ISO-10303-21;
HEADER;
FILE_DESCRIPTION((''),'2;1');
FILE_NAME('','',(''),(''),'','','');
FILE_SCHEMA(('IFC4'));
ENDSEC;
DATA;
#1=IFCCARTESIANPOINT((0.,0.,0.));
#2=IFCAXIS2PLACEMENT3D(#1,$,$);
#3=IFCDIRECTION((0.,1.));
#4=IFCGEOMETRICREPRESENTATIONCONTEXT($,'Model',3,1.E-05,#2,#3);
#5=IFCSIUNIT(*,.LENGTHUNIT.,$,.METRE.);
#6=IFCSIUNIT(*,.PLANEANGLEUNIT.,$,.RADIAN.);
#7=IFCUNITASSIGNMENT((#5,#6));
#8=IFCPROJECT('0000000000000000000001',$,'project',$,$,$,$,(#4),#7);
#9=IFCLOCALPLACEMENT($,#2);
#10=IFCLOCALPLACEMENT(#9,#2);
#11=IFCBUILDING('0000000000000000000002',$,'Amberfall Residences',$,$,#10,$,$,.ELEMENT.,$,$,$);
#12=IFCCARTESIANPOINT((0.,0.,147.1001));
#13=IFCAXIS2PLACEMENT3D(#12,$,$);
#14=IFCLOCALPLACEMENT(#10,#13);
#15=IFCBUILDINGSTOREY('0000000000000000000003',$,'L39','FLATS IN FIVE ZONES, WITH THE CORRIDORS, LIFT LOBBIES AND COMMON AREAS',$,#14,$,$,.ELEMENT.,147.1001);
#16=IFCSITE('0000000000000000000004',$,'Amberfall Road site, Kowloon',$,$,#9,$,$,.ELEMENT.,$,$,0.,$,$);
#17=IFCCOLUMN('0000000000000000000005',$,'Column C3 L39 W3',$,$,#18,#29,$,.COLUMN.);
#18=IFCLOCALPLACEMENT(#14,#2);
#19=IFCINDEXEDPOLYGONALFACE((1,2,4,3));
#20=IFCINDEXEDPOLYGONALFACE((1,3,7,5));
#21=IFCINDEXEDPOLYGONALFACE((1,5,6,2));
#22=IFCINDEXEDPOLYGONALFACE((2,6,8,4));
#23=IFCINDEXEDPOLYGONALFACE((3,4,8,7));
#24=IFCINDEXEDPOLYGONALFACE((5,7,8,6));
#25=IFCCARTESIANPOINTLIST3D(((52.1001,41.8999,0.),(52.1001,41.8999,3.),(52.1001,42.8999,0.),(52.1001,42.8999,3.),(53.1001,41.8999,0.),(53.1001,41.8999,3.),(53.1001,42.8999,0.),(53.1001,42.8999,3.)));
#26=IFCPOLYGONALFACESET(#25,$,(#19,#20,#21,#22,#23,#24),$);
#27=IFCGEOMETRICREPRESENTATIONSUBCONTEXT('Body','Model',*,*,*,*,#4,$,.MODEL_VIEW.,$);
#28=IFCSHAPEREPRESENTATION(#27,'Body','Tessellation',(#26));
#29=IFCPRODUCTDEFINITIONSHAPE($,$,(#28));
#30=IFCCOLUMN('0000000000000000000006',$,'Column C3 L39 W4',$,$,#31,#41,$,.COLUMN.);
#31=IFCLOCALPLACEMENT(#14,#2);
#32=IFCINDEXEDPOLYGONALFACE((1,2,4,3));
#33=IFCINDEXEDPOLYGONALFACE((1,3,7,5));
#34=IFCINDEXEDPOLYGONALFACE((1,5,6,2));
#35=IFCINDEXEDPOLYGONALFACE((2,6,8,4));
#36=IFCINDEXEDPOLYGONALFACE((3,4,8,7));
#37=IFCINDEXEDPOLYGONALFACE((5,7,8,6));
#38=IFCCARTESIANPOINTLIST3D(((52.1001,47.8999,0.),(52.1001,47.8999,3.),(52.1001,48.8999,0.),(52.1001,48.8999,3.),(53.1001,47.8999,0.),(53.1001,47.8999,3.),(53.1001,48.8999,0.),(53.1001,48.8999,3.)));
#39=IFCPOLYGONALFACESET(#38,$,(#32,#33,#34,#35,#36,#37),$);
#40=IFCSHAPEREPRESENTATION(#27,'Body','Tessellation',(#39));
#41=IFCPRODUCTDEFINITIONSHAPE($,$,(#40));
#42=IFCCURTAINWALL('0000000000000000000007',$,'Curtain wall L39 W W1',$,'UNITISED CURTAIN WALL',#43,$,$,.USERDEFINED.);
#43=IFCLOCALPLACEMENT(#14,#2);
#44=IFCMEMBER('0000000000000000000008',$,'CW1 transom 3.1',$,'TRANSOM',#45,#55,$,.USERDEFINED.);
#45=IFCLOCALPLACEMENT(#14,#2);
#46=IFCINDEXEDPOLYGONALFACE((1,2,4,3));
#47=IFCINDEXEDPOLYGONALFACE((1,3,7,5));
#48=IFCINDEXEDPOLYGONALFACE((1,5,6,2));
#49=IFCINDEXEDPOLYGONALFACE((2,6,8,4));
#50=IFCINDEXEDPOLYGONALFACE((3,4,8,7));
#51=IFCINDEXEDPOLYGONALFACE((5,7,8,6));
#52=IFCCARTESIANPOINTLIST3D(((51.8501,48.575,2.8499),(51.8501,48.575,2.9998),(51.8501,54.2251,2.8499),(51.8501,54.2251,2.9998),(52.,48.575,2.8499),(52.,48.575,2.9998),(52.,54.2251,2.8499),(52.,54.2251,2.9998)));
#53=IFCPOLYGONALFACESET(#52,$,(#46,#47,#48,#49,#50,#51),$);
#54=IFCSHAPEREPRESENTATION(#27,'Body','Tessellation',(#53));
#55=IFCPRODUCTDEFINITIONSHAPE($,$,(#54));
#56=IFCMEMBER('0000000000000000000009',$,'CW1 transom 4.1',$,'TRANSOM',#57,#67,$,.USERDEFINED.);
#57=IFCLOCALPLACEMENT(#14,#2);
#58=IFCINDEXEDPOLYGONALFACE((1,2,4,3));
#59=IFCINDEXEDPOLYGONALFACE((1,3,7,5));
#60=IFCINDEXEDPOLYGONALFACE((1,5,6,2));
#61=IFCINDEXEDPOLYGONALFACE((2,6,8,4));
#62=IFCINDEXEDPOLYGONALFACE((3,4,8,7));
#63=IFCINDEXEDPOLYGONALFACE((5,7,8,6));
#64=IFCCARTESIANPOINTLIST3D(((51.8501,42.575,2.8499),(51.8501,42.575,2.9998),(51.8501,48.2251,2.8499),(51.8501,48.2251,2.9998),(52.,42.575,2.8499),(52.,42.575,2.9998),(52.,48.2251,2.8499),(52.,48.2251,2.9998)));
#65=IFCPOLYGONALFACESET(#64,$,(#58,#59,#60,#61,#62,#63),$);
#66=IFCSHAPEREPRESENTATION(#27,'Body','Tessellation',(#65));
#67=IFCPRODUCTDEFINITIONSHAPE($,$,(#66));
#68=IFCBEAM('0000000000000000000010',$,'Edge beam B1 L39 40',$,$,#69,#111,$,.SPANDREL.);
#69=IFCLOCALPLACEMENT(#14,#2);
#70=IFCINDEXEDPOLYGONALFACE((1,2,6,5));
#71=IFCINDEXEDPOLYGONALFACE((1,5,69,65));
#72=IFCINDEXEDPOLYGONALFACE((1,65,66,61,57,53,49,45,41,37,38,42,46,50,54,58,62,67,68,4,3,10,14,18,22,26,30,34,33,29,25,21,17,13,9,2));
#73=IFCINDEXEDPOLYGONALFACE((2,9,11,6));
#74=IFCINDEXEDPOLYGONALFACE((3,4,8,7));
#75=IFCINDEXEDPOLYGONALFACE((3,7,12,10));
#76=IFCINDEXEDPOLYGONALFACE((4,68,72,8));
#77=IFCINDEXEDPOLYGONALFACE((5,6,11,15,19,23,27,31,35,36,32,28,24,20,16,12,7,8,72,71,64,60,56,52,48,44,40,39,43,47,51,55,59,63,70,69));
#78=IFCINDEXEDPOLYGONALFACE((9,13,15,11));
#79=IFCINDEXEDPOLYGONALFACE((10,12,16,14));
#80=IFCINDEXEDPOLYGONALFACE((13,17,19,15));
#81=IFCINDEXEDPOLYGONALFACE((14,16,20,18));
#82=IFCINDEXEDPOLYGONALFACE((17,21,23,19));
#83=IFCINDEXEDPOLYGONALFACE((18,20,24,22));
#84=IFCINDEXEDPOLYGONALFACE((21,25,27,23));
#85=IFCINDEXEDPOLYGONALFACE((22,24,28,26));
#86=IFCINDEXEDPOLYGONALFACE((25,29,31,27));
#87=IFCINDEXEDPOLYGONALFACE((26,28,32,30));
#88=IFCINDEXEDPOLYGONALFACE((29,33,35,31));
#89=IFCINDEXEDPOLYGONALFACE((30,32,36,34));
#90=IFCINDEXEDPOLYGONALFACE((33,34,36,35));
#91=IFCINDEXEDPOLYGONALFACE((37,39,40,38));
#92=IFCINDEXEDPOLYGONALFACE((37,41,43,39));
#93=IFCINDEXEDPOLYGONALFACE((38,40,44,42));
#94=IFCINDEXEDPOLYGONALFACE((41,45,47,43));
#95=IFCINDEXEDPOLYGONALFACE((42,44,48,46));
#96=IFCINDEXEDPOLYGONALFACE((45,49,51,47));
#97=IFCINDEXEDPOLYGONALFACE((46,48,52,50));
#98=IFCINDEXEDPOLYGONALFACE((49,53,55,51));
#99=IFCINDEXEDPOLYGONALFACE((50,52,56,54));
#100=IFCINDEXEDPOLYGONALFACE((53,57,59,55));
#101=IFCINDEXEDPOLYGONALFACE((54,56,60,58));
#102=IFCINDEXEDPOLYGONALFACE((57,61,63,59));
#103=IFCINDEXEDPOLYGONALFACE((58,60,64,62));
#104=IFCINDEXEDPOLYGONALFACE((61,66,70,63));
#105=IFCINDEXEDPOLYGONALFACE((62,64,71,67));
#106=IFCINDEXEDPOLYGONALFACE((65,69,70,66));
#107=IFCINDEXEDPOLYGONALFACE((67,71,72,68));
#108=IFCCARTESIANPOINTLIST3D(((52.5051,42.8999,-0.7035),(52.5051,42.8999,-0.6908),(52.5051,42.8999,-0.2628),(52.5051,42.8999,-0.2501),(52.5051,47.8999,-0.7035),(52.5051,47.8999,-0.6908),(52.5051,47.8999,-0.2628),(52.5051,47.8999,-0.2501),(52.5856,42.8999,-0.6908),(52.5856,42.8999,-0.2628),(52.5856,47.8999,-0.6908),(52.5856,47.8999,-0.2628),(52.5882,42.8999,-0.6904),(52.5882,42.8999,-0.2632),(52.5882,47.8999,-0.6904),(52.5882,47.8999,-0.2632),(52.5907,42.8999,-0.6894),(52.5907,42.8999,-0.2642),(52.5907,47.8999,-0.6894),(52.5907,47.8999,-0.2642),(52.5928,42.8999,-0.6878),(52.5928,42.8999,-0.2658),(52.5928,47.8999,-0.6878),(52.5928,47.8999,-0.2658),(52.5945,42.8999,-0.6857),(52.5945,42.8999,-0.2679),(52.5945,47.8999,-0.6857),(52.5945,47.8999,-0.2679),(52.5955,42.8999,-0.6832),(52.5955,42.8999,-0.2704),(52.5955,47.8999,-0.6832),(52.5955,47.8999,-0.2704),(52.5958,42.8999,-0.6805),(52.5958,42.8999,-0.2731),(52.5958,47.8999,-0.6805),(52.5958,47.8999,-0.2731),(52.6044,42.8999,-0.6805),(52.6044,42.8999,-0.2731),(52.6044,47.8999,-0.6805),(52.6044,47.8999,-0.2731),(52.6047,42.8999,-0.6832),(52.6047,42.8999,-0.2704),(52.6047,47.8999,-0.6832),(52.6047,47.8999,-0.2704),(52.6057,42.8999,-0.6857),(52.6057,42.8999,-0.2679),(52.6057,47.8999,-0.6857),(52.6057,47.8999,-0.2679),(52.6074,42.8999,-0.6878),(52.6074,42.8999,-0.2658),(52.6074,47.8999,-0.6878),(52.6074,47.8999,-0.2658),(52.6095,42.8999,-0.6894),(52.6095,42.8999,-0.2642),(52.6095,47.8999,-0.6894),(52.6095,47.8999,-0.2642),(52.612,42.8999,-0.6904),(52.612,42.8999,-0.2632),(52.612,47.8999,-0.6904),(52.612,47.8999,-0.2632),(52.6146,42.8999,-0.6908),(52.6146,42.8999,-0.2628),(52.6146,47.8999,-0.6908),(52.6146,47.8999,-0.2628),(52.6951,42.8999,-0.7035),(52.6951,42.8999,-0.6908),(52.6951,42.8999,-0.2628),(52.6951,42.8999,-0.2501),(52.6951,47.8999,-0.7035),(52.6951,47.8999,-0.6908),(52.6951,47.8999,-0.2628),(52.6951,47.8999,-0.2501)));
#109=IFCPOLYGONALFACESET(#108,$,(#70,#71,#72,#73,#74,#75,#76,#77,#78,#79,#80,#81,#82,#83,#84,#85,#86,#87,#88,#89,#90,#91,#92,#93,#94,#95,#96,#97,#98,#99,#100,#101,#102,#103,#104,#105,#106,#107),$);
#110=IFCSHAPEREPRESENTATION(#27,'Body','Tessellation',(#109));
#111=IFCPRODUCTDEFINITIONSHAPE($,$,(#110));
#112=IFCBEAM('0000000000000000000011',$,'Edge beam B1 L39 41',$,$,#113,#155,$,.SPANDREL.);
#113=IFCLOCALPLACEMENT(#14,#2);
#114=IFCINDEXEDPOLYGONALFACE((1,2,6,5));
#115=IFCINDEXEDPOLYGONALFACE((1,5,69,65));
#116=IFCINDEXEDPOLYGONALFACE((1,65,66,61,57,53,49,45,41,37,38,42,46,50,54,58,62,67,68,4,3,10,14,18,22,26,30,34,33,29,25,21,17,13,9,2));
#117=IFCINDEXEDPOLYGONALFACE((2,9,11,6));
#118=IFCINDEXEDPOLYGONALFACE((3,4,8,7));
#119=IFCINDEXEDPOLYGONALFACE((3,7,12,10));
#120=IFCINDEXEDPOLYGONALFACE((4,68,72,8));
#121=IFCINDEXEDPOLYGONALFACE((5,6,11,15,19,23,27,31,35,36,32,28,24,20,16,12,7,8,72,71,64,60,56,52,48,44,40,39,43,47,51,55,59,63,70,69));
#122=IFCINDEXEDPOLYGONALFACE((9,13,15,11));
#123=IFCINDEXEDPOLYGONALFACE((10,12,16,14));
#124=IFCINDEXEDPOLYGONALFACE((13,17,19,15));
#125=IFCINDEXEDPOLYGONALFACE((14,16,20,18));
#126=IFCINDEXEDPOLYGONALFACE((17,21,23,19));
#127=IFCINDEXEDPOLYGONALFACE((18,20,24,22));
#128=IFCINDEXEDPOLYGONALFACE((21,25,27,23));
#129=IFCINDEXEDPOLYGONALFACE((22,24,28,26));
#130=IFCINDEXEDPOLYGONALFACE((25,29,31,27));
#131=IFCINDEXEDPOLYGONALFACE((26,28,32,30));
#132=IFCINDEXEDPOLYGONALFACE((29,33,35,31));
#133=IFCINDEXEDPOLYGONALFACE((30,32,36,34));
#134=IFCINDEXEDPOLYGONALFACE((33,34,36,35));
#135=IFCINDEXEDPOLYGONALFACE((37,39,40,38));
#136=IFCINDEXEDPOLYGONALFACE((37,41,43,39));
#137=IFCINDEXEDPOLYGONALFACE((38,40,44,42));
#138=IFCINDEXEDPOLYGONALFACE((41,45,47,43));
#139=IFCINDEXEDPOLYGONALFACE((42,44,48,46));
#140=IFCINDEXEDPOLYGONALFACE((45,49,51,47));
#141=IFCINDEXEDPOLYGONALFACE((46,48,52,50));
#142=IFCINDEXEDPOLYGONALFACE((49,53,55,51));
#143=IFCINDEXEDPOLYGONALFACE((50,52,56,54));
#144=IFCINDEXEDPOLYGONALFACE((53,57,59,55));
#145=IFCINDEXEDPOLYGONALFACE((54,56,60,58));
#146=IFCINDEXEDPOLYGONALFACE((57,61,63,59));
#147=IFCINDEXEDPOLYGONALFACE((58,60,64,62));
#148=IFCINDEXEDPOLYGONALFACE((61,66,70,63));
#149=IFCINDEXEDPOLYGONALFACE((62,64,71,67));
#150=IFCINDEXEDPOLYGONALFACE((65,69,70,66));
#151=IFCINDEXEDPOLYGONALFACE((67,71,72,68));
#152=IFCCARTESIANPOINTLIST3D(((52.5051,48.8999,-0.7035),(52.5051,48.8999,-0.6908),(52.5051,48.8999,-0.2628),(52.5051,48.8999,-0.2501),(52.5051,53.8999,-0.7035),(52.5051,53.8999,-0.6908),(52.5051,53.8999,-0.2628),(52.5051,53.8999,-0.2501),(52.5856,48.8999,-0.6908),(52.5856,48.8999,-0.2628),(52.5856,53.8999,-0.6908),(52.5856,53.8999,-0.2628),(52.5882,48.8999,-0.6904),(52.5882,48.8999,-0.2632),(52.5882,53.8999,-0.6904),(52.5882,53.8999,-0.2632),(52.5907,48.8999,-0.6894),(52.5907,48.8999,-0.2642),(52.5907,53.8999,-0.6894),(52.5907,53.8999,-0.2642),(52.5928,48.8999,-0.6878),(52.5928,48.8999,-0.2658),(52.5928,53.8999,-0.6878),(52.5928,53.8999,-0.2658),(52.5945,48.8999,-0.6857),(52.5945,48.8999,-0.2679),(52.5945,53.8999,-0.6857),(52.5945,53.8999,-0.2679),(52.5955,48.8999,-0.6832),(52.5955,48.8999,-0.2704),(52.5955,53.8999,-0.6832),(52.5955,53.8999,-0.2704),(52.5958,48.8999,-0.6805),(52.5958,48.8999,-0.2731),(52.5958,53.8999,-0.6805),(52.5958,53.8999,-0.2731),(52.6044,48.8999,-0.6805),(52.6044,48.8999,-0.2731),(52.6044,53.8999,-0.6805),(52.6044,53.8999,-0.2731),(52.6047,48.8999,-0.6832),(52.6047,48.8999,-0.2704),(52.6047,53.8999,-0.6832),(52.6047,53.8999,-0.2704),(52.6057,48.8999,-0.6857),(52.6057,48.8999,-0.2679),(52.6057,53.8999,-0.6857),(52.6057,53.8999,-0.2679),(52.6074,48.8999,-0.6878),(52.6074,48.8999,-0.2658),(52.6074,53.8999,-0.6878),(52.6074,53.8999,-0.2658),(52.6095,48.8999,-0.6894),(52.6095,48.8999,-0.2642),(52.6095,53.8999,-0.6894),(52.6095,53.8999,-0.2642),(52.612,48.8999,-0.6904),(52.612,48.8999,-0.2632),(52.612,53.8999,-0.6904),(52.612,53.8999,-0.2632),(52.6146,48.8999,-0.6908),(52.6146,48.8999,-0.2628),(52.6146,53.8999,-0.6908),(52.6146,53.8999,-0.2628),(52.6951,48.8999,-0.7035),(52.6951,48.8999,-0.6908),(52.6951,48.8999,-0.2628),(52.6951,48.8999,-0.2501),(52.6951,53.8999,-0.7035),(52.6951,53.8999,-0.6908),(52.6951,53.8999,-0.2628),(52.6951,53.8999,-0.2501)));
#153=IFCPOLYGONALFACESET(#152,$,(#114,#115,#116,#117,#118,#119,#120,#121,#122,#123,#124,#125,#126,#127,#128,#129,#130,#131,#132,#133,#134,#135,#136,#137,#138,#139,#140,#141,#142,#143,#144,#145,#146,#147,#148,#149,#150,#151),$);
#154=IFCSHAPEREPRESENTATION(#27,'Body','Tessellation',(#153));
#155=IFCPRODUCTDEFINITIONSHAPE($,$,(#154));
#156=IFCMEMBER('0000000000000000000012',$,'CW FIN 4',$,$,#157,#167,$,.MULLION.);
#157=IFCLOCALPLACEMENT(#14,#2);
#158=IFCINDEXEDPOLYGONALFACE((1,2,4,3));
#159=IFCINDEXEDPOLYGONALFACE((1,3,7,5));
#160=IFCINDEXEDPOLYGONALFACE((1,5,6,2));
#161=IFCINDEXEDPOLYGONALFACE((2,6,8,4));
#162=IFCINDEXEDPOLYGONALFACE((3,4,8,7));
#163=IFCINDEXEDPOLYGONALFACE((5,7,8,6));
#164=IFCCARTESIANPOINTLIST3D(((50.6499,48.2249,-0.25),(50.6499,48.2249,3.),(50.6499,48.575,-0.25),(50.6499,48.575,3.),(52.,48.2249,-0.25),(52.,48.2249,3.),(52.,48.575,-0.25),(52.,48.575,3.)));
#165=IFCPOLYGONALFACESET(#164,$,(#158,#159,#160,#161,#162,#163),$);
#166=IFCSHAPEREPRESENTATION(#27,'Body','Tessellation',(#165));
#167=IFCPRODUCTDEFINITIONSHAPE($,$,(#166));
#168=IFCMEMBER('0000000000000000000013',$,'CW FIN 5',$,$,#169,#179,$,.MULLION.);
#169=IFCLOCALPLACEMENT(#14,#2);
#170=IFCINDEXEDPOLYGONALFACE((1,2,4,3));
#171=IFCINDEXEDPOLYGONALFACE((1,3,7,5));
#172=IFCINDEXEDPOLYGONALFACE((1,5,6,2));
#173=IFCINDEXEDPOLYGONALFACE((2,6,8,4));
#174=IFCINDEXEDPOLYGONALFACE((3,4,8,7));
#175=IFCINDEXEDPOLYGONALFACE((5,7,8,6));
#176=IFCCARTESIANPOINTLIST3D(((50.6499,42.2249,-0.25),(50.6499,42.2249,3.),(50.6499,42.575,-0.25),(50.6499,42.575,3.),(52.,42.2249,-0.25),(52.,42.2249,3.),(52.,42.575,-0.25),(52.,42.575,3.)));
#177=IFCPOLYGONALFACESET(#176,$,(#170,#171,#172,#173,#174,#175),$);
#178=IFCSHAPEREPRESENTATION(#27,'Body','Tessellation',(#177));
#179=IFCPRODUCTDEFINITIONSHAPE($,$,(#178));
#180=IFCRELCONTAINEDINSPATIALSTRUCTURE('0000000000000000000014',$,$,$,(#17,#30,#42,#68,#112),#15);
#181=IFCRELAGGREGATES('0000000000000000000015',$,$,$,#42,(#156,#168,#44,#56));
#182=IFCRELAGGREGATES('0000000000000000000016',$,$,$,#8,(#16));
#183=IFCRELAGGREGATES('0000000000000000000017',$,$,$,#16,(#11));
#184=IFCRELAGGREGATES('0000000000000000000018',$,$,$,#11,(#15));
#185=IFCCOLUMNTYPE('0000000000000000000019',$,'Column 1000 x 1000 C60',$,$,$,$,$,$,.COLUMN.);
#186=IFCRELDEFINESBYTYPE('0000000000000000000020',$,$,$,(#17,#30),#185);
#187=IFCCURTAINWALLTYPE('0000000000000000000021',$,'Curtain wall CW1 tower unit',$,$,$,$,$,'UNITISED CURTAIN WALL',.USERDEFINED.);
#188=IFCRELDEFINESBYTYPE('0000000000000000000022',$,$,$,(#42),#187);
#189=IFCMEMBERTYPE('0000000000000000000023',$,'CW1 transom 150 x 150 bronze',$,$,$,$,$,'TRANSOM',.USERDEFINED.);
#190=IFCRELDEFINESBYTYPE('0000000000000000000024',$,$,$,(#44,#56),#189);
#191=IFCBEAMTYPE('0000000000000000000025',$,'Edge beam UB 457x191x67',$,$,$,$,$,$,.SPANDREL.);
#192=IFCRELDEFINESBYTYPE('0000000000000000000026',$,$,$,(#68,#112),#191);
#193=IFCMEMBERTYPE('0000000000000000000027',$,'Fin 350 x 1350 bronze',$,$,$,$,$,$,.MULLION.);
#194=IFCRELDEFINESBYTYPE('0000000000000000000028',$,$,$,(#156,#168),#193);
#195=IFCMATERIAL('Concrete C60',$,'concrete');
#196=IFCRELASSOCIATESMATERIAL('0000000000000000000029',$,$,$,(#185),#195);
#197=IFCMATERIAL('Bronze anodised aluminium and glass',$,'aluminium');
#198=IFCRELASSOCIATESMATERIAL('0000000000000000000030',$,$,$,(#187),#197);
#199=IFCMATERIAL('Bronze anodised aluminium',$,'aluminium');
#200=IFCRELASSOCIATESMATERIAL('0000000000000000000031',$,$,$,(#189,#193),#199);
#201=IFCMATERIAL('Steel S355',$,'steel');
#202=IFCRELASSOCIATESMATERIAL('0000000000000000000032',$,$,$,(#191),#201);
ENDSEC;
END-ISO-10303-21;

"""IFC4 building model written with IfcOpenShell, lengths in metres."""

from ifc_helpers import new_model, si_unit, direction, frame, origin, origin_2d, place, context, subcontext, project, spatial, rectangle, i_section, extrude, material, material_profile, profile_set, type_object, element, aggregate, save


model = new_model("IFC4")

# Units and contexts
model_context = context("Model", 3, precision=1e-05, world=origin(), true_north=direction((0.0, 1.0)))
body_context = subcontext(model_context, "Body", "Model", "MODEL_VIEW")
ifc_project = project(units=[si_unit("LENGTHUNIT", "METRE"), si_unit("PLANEANGLEUNIT", "RADIAN")], contexts=[model_context])

# Site, building, storey
site_placement = place(None, origin())
site = spatial("IfcSite", under=ifc_project, at=site_placement, Name="Amberfall Road site, Kowloon", CompositionType="ELEMENT", RefElevation=0.0)
building_placement = place(site_placement, origin())
building = spatial("IfcBuilding", under=site, at=building_placement, Name="Amberfall Residences", CompositionType="ELEMENT")
storey_placement = place(building_placement, frame((0.0, 0.0, 147.1001)))
storey = spatial("IfcBuildingStorey", under=building, at=storey_placement, Name="L39", Description="FLATS IN FIVE ZONES, WITH THE CORRIDORS, LIFT LOBBIES AND COMMON AREAS", CompositionType="ELEMENT", Elevation=147.1001)

# Columns
ifc_material_1 = material(Name="Concrete C60", Category="concrete")
ifc_material_profile_1 = material_profile(ifc_material_1, rectangle(XDim=1.0, YDim=1.0, at=origin_2d()), Name="Column 1000 x 1000 C60")
ifc_profile_set_1 = profile_set([ifc_material_profile_1], Name="Concrete C60")
column_type = type_object("IfcColumnType", Name="Column 1000 x 1000 C60", PredefinedType="COLUMN", material=ifc_profile_set_1)
for number, where, z_axis, x_axis, name in (
    (1, (52.6001, 42.3999, 0.0), (0.0, 0.0, 1.0), (1.0, 0.0, 0.0), "Column C3 L39 W3"),
    (2, (52.6001, 48.3999, 0.0), (0.0, 0.0, 1.0), (1.0, 0.0, 0.0), "Column C3 L39 W4"),
):
    element("IfcColumn", number, at=place(storey_placement, frame(where, z_axis=z_axis, x_axis=x_axis)), inside=storey, type_object=column_type, Name=name, PredefinedType="COLUMN", context=body_context, shape_type="SweptSolid", body=[
        extrude(rectangle(XDim=1.0, YDim=1.0, at=origin_2d()), origin(), (0.0, 0.0, 1.0), 3.0),
    ])

# Curtain wall, members
ifc_material_2 = material(Name="Bronze anodised aluminium and glass", Category="aluminium")
curtain_wall_type = type_object("IfcCurtainWallType", Name="Curtain wall CW1 tower unit", ElementType="UNITISED CURTAIN WALL", PredefinedType="USERDEFINED", material=ifc_material_2)
curtain_wall_placement = place(storey_placement, origin())
curtain_wall = element("IfcCurtainWall", 3, at=curtain_wall_placement, inside=storey, type_object=curtain_wall_type, Name="Curtain wall L39 W W1", ObjectType="UNITISED CURTAIN WALL", PredefinedType="USERDEFINED")
ifc_material_3 = material(Name="Bronze anodised aluminium", Category="aluminium")
ifc_material_profile_2 = material_profile(ifc_material_3, rectangle(XDim=0.1499, YDim=0.1499, at=origin_2d()), Name="CW1 transom 150 x 150 bronze")
ifc_profile_set_2 = profile_set([ifc_material_profile_2], Name="Bronze anodised aluminium")
member_type_1 = type_object("IfcMemberType", Name="CW1 transom 150 x 150 bronze", ElementType="TRANSOM", PredefinedType="USERDEFINED", material=ifc_profile_set_2)
member_1_placement = place(storey_placement, frame((51.925, 54.2251, 2.9248), z_axis=(0.0, -1.0, 0.0), x_axis=(1.0, 0.0, 0.0)))
member_1 = element("IfcMember", 4, at=member_1_placement, type_object=member_type_1, Name="CW1 transom 3.1", ObjectType="TRANSOM", PredefinedType="USERDEFINED", context=body_context, shape_type="SweptSolid", body=[
    extrude(rectangle(XDim=0.1499, YDim=0.1499, at=origin_2d()), origin(), (0.0, 0.0, 1.0), 5.6501),
])
member_2_placement = place(storey_placement, frame((51.925, 48.2251, 2.9248), z_axis=(0.0, -1.0, 0.0), x_axis=(1.0, 0.0, 0.0)))
member_2 = element("IfcMember", 5, at=member_2_placement, type_object=member_type_1, Name="CW1 transom 4.1", ObjectType="TRANSOM", PredefinedType="USERDEFINED", context=body_context, shape_type="SweptSolid", body=[
    extrude(rectangle(XDim=0.1499, YDim=0.1499, at=origin_2d()), origin(), (0.0, 0.0, 1.0), 5.6501),
])

# Beams
ifc_material_4 = material(Name="Steel S355", Category="steel")
ifc_material_profile_3 = material_profile(ifc_material_4, i_section(OverallWidth=0.1899, OverallDepth=0.4534, WebThickness=0.0085, FlangeThickness=0.0127, FilletRadius=0.0103, at=origin_2d()), Name="UB 457x191x67")
ifc_profile_set_3 = profile_set([ifc_material_profile_3], Name="Steel S355")
beam_type_1 = type_object("IfcBeamType", Name="Edge beam UB 457x191x67", PredefinedType="SPANDREL", material=ifc_profile_set_3)
for number, where, z_axis, x_axis, name in (
    (6, (52.6001, 42.8999, -0.4768), (0.0, 1.0, 0.0), (-1.0, 0.0, 0.0), "Edge beam B1 L39 40"),
    (7, (52.6001, 48.8999, -0.4768), (0.0, 1.0, 0.0), (-1.0, 0.0, 0.0), "Edge beam B1 L39 41"),
):
    element("IfcBeam", number, at=place(storey_placement, frame(where, z_axis=z_axis, x_axis=x_axis)), inside=storey, type_object=beam_type_1, Name=name, PredefinedType="SPANDREL", context=body_context, shape_type="SweptSolid", body=[
        extrude(i_section(OverallWidth=0.1899, OverallDepth=0.4534, WebThickness=0.0085, FlangeThickness=0.0127, FilletRadius=0.0103, at=origin_2d()), origin(), (0.0, 0.0, 1.0), 5.0),
    ])

# Members
ifc_material_profile_4 = material_profile(ifc_material_3, rectangle(XDim=1.3501, YDim=0.3501, at=origin_2d()), Name="Fin 350 x 1350 bronze")
ifc_profile_set_4 = profile_set([ifc_material_profile_4], Name="Bronze anodised aluminium")
member_type_2 = type_object("IfcMemberType", Name="Fin 350 x 1350 bronze", PredefinedType="MULLION", material=ifc_profile_set_4)
member_3_placement = place(storey_placement, frame((51.325, 48.3999, -0.25), z_axis=(0.0, 0.0, 1.0), x_axis=(1.0, 0.0, 0.0)))
member_3 = element("IfcMember", 8, at=member_3_placement, type_object=member_type_2, Name="CW FIN 4", PredefinedType="MULLION", context=body_context, shape_type="SweptSolid", body=[
    extrude(rectangle(XDim=1.3501, YDim=0.3501, at=origin_2d()), origin(), (0.0, 0.0, 1.0), 3.25),
])
member_4_placement = place(storey_placement, frame((51.325, 42.3999, -0.25), z_axis=(0.0, 0.0, 1.0), x_axis=(1.0, 0.0, 0.0)))
member_4 = element("IfcMember", 9, at=member_4_placement, type_object=member_type_2, Name="CW FIN 5", PredefinedType="MULLION", context=body_context, shape_type="SweptSolid", body=[
    extrude(rectangle(XDim=1.3501, YDim=0.3501, at=origin_2d()), origin(), (0.0, 0.0, 1.0), 3.25),
])

aggregate(curtain_wall, [member_3, member_4, member_1, member_2])

save(model, "model.ifc")
